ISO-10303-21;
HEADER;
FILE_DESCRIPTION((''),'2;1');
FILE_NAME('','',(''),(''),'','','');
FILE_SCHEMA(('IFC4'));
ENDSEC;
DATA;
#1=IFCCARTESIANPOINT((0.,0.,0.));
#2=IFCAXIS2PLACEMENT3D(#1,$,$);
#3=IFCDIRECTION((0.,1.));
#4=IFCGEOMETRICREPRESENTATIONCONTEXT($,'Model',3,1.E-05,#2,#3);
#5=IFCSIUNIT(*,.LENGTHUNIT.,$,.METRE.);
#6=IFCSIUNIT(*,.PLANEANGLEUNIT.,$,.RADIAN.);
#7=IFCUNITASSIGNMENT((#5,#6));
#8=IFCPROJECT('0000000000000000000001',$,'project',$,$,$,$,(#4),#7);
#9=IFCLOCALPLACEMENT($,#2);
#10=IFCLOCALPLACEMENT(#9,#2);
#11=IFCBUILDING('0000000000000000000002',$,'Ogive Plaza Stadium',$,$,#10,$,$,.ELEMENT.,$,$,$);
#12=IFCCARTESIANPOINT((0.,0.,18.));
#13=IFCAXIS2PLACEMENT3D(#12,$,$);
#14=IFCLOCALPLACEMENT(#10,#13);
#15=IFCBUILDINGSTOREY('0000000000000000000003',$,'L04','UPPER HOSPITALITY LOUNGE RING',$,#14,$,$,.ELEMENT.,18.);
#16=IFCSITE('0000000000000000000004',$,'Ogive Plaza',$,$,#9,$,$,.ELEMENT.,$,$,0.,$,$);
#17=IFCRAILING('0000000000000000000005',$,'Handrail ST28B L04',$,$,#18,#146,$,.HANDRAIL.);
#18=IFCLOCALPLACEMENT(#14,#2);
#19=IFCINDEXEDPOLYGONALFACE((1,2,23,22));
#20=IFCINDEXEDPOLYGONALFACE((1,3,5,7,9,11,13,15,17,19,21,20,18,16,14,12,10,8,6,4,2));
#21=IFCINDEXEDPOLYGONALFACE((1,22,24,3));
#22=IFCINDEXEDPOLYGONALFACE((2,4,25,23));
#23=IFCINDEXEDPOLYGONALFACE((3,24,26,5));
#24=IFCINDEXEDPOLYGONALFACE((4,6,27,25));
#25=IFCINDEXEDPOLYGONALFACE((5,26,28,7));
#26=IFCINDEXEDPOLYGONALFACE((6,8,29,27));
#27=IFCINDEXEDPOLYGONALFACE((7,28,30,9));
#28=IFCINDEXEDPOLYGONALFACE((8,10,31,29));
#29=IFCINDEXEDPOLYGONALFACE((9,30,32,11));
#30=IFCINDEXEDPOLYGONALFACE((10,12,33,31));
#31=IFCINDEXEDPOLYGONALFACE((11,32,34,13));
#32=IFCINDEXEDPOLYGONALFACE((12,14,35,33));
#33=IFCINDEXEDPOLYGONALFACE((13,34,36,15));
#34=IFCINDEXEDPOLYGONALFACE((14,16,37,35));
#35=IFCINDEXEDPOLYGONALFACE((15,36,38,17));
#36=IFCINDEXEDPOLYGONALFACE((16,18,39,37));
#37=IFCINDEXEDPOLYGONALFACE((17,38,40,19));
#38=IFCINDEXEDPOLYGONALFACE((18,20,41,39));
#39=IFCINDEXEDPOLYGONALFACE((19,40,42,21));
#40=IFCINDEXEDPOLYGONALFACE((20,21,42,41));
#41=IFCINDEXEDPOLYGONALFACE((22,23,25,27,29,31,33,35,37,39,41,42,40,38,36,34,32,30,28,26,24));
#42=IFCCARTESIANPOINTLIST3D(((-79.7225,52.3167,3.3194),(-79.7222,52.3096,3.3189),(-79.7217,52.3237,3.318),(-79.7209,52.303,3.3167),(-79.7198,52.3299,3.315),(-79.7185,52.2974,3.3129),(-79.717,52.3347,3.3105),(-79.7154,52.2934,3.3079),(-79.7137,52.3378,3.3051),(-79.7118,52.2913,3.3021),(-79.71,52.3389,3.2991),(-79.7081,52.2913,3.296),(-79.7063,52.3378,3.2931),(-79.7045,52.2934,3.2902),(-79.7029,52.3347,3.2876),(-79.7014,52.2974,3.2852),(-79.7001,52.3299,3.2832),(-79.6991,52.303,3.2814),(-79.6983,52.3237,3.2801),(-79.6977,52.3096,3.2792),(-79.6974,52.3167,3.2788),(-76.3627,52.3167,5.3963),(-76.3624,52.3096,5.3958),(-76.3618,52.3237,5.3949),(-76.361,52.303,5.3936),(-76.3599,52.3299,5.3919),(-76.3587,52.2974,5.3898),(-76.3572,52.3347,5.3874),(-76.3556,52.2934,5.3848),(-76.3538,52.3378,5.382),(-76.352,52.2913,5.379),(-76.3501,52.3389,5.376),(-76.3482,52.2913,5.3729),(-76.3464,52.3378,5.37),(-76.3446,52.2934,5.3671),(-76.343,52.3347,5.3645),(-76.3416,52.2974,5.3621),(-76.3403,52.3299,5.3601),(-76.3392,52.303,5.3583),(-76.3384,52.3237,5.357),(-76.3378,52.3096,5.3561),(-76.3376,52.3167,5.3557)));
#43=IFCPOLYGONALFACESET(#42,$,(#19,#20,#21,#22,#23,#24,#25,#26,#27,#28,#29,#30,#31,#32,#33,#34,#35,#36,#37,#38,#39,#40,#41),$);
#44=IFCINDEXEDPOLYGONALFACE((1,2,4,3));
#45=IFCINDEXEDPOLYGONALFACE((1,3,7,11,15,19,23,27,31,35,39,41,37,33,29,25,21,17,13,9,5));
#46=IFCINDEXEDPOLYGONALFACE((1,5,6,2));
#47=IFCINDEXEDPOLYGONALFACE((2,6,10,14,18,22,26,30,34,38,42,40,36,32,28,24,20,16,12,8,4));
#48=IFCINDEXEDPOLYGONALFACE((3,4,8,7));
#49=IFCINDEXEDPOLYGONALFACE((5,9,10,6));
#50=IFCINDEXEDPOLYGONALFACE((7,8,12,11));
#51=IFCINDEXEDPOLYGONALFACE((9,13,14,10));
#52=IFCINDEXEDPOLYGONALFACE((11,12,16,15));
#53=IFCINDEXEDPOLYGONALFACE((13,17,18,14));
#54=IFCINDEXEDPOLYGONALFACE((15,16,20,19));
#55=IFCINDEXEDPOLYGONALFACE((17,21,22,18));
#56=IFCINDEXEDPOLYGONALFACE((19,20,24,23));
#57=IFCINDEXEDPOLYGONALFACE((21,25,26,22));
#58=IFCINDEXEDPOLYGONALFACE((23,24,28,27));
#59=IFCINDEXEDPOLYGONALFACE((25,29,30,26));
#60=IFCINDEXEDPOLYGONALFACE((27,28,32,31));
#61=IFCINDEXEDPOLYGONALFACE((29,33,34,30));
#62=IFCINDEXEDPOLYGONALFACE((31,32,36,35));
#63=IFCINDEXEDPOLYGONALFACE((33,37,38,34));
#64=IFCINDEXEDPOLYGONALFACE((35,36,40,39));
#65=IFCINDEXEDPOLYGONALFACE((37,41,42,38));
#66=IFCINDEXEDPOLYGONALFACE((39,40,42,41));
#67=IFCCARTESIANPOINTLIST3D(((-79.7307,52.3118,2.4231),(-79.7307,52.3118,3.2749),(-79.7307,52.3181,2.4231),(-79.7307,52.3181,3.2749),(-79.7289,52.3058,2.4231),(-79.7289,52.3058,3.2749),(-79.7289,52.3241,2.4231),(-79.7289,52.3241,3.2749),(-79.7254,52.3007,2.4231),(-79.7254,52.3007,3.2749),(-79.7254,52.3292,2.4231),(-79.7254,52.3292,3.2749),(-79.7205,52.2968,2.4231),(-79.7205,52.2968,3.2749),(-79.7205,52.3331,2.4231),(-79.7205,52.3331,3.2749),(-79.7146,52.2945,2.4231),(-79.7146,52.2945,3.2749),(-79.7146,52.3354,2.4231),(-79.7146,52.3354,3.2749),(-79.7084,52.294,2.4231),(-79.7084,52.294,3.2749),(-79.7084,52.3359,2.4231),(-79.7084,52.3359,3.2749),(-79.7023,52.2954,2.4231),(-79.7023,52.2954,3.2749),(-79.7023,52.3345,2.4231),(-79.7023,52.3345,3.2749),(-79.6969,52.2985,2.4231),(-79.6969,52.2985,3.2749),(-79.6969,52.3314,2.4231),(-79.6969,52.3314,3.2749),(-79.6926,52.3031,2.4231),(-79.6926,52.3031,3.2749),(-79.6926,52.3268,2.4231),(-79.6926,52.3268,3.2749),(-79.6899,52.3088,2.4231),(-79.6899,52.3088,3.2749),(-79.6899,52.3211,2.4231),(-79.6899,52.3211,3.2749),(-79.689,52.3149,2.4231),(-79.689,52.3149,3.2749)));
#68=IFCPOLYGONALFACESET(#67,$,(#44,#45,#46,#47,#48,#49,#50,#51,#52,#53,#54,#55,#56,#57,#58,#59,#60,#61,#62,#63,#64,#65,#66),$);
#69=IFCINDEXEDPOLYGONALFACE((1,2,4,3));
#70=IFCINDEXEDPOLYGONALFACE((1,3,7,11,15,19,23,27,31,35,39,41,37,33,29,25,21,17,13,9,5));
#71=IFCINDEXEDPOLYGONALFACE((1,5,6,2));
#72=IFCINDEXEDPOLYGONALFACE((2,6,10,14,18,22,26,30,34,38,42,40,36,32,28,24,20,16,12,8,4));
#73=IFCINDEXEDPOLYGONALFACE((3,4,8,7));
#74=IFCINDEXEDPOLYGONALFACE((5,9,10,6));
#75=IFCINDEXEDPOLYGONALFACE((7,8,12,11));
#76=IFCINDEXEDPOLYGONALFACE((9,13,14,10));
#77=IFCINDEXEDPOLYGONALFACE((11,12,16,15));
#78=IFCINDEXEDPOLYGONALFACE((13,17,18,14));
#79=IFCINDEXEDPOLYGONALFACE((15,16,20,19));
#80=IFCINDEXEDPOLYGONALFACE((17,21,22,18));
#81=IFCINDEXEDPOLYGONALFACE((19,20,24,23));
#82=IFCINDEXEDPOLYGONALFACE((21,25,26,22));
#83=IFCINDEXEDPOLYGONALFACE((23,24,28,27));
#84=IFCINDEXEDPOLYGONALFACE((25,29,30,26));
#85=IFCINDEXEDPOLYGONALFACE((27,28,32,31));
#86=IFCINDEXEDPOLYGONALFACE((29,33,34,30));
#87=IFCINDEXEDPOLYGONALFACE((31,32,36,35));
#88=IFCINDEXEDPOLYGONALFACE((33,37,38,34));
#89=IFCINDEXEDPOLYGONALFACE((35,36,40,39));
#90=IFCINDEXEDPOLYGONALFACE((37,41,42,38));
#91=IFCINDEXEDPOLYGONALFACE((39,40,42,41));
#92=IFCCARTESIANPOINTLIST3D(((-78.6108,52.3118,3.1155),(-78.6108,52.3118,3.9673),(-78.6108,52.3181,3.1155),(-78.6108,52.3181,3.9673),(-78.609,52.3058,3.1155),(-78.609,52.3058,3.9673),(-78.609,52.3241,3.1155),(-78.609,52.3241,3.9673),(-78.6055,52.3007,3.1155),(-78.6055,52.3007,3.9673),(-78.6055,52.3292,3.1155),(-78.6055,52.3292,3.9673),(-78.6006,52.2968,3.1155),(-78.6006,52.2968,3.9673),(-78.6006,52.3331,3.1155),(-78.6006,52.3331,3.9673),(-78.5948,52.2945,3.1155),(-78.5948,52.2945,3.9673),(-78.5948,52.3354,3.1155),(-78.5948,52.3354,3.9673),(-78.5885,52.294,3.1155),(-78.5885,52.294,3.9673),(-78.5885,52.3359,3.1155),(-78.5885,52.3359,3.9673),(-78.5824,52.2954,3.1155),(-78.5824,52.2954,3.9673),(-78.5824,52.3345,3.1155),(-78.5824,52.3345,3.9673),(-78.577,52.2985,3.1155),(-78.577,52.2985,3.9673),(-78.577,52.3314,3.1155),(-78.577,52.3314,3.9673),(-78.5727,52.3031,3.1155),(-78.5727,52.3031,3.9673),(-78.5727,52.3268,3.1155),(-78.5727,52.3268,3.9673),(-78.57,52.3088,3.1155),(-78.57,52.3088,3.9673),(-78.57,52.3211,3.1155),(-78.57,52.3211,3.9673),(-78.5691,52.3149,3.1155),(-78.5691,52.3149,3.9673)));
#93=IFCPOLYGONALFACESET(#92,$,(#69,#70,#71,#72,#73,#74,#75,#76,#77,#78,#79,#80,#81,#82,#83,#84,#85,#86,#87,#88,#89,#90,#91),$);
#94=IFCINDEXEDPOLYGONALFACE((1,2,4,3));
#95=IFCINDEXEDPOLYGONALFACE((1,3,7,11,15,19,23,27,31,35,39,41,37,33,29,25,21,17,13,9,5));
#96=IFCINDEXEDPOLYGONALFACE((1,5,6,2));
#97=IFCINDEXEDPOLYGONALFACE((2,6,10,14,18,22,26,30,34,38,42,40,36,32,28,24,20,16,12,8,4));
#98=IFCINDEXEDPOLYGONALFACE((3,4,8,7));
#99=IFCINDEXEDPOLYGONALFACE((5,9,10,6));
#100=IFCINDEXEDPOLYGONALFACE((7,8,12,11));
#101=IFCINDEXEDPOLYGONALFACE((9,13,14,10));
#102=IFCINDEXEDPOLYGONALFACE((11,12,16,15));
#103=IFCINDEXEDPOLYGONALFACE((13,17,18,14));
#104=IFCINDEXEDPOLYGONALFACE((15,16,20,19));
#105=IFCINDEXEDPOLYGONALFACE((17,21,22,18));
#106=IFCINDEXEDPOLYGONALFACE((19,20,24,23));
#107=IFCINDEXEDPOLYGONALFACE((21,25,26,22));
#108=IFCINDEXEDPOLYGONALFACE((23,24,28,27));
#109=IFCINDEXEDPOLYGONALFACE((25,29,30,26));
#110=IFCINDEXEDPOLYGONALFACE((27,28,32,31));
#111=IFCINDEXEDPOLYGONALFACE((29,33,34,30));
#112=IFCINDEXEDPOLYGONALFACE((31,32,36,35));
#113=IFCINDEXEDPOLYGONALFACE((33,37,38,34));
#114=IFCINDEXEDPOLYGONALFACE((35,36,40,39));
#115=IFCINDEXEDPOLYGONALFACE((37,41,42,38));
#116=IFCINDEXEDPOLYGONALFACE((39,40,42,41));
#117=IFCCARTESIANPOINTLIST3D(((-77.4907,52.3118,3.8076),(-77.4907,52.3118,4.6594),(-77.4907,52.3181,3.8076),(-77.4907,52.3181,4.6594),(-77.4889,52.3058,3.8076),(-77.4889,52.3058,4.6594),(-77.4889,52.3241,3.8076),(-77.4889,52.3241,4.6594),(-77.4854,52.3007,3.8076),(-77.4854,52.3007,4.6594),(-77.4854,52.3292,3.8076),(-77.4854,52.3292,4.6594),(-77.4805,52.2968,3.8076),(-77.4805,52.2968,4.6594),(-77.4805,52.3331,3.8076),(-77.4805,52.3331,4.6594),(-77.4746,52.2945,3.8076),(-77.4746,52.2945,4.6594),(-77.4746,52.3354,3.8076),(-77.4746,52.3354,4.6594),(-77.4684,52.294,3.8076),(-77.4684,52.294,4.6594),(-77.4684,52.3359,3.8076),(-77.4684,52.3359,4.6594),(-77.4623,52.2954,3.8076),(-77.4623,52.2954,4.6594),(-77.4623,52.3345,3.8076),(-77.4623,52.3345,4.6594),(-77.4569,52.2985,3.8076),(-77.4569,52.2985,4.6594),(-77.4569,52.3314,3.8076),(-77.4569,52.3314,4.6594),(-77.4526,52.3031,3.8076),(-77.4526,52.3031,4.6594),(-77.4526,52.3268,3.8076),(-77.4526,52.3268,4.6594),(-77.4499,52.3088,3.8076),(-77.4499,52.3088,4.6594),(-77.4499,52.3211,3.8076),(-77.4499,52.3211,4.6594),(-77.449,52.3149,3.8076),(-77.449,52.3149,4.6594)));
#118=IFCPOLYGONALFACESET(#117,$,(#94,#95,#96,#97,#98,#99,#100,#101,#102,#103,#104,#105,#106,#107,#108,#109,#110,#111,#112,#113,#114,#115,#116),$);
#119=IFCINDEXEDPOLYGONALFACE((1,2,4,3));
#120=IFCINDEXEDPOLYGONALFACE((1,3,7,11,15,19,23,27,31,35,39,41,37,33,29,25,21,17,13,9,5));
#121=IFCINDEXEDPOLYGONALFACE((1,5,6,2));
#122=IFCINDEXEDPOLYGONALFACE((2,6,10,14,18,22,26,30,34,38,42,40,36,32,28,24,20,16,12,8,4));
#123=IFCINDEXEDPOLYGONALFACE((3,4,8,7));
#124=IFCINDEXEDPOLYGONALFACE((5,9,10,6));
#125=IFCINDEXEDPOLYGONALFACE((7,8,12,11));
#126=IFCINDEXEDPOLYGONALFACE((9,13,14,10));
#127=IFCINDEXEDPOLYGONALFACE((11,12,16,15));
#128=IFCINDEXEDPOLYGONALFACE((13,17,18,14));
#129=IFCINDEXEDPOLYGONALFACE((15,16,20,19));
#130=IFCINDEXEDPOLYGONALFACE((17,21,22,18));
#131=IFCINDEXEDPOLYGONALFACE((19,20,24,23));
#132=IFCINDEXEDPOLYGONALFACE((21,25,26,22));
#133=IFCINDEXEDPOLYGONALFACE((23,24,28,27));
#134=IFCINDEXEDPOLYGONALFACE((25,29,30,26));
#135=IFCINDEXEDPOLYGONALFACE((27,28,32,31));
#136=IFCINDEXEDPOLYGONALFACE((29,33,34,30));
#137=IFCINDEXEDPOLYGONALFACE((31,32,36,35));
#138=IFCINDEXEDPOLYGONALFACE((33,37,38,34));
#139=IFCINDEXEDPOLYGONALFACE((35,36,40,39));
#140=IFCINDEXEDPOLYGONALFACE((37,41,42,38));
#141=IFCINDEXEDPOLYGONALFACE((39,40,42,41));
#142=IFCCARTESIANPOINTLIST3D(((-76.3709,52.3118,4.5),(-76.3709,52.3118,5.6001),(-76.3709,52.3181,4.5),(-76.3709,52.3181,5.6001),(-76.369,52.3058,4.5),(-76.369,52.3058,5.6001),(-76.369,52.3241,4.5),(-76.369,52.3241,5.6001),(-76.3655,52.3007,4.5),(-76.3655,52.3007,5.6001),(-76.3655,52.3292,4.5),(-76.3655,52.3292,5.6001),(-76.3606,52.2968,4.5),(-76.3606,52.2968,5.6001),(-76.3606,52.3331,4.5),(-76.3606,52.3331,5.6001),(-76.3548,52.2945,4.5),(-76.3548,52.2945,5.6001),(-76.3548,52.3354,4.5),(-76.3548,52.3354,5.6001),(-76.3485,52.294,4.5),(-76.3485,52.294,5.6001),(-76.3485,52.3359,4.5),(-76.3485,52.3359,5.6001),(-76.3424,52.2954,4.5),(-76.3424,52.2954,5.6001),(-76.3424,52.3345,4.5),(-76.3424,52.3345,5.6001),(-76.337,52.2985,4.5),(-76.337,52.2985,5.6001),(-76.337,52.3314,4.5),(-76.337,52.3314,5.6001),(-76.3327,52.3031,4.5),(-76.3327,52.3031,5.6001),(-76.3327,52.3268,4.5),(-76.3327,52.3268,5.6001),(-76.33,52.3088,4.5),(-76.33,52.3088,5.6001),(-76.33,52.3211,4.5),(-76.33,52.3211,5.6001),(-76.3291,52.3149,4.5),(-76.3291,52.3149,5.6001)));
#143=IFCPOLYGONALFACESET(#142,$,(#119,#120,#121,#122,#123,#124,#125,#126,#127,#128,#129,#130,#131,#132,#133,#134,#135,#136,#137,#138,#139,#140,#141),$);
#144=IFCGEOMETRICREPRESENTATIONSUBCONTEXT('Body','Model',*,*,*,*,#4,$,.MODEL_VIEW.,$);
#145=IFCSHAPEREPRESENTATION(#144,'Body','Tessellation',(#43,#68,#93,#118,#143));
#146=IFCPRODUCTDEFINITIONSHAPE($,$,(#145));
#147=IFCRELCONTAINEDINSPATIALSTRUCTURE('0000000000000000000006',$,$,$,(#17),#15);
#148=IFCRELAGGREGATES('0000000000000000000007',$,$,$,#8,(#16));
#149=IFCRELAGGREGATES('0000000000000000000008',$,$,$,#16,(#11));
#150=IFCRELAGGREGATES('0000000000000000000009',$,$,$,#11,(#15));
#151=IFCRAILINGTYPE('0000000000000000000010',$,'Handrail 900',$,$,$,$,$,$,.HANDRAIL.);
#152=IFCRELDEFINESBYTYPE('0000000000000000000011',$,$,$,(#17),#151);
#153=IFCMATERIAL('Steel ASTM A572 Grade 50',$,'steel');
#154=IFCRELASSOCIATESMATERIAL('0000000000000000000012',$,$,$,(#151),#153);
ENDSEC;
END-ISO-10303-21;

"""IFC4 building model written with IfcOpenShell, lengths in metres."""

from ifc_helpers import new_model, si_unit, direction, frame, origin, origin_2d, place, context, subcontext, project, spatial, circle, extrude, material, type_object, element, save


model = new_model("IFC4")

# Units and contexts
model_context = context("Model", 3, precision=1e-05, world=origin(), true_north=direction((0.0, 1.0)))
body_context = subcontext(model_context, "Body", "Model", "MODEL_VIEW")
ifc_project = project(units=[si_unit("LENGTHUNIT", "METRE"), si_unit("PLANEANGLEUNIT", "RADIAN")], contexts=[model_context])

# Site, building, storey
site_placement = place(None, origin())
site = spatial("IfcSite", under=ifc_project, at=site_placement, Name="Ogive Plaza", CompositionType="ELEMENT", RefElevation=0.0)
building_placement = place(site_placement, origin())
building = spatial("IfcBuilding", under=site, at=building_placement, Name="Ogive Plaza Stadium", CompositionType="ELEMENT")
storey_placement = place(building_placement, frame((0.0, 0.0, 18.0)))
storey = spatial("IfcBuildingStorey", under=building, at=storey_placement, Name="L04", Description="UPPER HOSPITALITY LOUNGE RING", CompositionType="ELEMENT", Elevation=18.0)

# Railing
ifc_material_1 = material(Name="Steel ASTM A572 Grade 50", Category="steel")
railing_type_1 = type_object("IfcRailingType", Name="Handrail 900", PredefinedType="HANDRAIL", material=ifc_material_1)
for number, where, name in (
    (1, (-79.71, 52.3149, 2.4231), "Handrail ST28B L04"),
):
    element("IfcRailing", number, at=place(storey_placement, frame(where)), inside=storey, type_object=railing_type_1, Name=name, PredefinedType="HANDRAIL", context=body_context, shape_type="SweptSolid", body=[
        extrude(circle(Radius=0.0239, at=origin_2d()), frame((0.0, 0.0, 0.876), z_axis=(0.850606, 0.0, 0.525803), x_axis=(0.0, 1.0, 0.0)), (0.0, 0.0, 1.0), 3.95),
        extrude(circle(Radius=0.021, at=origin_2d()), origin(), (0.0, 0.0, 1.0), 0.8518),
        extrude(circle(Radius=0.021, at=origin_2d()), frame((1.1199, 0.0, 0.6924)), (0.0, 0.0, 1.0), 0.8518),
        extrude(circle(Radius=0.021, at=origin_2d()), frame((2.24, 0.0, 1.3845)), (0.0, 0.0, 1.0), 0.8518),
        extrude(circle(Radius=0.021, at=origin_2d()), frame((3.3599, 0.0, 2.0769)), (0.0, 0.0, 1.0), 1.1001),
    ])

save(model, "model.ifc")
